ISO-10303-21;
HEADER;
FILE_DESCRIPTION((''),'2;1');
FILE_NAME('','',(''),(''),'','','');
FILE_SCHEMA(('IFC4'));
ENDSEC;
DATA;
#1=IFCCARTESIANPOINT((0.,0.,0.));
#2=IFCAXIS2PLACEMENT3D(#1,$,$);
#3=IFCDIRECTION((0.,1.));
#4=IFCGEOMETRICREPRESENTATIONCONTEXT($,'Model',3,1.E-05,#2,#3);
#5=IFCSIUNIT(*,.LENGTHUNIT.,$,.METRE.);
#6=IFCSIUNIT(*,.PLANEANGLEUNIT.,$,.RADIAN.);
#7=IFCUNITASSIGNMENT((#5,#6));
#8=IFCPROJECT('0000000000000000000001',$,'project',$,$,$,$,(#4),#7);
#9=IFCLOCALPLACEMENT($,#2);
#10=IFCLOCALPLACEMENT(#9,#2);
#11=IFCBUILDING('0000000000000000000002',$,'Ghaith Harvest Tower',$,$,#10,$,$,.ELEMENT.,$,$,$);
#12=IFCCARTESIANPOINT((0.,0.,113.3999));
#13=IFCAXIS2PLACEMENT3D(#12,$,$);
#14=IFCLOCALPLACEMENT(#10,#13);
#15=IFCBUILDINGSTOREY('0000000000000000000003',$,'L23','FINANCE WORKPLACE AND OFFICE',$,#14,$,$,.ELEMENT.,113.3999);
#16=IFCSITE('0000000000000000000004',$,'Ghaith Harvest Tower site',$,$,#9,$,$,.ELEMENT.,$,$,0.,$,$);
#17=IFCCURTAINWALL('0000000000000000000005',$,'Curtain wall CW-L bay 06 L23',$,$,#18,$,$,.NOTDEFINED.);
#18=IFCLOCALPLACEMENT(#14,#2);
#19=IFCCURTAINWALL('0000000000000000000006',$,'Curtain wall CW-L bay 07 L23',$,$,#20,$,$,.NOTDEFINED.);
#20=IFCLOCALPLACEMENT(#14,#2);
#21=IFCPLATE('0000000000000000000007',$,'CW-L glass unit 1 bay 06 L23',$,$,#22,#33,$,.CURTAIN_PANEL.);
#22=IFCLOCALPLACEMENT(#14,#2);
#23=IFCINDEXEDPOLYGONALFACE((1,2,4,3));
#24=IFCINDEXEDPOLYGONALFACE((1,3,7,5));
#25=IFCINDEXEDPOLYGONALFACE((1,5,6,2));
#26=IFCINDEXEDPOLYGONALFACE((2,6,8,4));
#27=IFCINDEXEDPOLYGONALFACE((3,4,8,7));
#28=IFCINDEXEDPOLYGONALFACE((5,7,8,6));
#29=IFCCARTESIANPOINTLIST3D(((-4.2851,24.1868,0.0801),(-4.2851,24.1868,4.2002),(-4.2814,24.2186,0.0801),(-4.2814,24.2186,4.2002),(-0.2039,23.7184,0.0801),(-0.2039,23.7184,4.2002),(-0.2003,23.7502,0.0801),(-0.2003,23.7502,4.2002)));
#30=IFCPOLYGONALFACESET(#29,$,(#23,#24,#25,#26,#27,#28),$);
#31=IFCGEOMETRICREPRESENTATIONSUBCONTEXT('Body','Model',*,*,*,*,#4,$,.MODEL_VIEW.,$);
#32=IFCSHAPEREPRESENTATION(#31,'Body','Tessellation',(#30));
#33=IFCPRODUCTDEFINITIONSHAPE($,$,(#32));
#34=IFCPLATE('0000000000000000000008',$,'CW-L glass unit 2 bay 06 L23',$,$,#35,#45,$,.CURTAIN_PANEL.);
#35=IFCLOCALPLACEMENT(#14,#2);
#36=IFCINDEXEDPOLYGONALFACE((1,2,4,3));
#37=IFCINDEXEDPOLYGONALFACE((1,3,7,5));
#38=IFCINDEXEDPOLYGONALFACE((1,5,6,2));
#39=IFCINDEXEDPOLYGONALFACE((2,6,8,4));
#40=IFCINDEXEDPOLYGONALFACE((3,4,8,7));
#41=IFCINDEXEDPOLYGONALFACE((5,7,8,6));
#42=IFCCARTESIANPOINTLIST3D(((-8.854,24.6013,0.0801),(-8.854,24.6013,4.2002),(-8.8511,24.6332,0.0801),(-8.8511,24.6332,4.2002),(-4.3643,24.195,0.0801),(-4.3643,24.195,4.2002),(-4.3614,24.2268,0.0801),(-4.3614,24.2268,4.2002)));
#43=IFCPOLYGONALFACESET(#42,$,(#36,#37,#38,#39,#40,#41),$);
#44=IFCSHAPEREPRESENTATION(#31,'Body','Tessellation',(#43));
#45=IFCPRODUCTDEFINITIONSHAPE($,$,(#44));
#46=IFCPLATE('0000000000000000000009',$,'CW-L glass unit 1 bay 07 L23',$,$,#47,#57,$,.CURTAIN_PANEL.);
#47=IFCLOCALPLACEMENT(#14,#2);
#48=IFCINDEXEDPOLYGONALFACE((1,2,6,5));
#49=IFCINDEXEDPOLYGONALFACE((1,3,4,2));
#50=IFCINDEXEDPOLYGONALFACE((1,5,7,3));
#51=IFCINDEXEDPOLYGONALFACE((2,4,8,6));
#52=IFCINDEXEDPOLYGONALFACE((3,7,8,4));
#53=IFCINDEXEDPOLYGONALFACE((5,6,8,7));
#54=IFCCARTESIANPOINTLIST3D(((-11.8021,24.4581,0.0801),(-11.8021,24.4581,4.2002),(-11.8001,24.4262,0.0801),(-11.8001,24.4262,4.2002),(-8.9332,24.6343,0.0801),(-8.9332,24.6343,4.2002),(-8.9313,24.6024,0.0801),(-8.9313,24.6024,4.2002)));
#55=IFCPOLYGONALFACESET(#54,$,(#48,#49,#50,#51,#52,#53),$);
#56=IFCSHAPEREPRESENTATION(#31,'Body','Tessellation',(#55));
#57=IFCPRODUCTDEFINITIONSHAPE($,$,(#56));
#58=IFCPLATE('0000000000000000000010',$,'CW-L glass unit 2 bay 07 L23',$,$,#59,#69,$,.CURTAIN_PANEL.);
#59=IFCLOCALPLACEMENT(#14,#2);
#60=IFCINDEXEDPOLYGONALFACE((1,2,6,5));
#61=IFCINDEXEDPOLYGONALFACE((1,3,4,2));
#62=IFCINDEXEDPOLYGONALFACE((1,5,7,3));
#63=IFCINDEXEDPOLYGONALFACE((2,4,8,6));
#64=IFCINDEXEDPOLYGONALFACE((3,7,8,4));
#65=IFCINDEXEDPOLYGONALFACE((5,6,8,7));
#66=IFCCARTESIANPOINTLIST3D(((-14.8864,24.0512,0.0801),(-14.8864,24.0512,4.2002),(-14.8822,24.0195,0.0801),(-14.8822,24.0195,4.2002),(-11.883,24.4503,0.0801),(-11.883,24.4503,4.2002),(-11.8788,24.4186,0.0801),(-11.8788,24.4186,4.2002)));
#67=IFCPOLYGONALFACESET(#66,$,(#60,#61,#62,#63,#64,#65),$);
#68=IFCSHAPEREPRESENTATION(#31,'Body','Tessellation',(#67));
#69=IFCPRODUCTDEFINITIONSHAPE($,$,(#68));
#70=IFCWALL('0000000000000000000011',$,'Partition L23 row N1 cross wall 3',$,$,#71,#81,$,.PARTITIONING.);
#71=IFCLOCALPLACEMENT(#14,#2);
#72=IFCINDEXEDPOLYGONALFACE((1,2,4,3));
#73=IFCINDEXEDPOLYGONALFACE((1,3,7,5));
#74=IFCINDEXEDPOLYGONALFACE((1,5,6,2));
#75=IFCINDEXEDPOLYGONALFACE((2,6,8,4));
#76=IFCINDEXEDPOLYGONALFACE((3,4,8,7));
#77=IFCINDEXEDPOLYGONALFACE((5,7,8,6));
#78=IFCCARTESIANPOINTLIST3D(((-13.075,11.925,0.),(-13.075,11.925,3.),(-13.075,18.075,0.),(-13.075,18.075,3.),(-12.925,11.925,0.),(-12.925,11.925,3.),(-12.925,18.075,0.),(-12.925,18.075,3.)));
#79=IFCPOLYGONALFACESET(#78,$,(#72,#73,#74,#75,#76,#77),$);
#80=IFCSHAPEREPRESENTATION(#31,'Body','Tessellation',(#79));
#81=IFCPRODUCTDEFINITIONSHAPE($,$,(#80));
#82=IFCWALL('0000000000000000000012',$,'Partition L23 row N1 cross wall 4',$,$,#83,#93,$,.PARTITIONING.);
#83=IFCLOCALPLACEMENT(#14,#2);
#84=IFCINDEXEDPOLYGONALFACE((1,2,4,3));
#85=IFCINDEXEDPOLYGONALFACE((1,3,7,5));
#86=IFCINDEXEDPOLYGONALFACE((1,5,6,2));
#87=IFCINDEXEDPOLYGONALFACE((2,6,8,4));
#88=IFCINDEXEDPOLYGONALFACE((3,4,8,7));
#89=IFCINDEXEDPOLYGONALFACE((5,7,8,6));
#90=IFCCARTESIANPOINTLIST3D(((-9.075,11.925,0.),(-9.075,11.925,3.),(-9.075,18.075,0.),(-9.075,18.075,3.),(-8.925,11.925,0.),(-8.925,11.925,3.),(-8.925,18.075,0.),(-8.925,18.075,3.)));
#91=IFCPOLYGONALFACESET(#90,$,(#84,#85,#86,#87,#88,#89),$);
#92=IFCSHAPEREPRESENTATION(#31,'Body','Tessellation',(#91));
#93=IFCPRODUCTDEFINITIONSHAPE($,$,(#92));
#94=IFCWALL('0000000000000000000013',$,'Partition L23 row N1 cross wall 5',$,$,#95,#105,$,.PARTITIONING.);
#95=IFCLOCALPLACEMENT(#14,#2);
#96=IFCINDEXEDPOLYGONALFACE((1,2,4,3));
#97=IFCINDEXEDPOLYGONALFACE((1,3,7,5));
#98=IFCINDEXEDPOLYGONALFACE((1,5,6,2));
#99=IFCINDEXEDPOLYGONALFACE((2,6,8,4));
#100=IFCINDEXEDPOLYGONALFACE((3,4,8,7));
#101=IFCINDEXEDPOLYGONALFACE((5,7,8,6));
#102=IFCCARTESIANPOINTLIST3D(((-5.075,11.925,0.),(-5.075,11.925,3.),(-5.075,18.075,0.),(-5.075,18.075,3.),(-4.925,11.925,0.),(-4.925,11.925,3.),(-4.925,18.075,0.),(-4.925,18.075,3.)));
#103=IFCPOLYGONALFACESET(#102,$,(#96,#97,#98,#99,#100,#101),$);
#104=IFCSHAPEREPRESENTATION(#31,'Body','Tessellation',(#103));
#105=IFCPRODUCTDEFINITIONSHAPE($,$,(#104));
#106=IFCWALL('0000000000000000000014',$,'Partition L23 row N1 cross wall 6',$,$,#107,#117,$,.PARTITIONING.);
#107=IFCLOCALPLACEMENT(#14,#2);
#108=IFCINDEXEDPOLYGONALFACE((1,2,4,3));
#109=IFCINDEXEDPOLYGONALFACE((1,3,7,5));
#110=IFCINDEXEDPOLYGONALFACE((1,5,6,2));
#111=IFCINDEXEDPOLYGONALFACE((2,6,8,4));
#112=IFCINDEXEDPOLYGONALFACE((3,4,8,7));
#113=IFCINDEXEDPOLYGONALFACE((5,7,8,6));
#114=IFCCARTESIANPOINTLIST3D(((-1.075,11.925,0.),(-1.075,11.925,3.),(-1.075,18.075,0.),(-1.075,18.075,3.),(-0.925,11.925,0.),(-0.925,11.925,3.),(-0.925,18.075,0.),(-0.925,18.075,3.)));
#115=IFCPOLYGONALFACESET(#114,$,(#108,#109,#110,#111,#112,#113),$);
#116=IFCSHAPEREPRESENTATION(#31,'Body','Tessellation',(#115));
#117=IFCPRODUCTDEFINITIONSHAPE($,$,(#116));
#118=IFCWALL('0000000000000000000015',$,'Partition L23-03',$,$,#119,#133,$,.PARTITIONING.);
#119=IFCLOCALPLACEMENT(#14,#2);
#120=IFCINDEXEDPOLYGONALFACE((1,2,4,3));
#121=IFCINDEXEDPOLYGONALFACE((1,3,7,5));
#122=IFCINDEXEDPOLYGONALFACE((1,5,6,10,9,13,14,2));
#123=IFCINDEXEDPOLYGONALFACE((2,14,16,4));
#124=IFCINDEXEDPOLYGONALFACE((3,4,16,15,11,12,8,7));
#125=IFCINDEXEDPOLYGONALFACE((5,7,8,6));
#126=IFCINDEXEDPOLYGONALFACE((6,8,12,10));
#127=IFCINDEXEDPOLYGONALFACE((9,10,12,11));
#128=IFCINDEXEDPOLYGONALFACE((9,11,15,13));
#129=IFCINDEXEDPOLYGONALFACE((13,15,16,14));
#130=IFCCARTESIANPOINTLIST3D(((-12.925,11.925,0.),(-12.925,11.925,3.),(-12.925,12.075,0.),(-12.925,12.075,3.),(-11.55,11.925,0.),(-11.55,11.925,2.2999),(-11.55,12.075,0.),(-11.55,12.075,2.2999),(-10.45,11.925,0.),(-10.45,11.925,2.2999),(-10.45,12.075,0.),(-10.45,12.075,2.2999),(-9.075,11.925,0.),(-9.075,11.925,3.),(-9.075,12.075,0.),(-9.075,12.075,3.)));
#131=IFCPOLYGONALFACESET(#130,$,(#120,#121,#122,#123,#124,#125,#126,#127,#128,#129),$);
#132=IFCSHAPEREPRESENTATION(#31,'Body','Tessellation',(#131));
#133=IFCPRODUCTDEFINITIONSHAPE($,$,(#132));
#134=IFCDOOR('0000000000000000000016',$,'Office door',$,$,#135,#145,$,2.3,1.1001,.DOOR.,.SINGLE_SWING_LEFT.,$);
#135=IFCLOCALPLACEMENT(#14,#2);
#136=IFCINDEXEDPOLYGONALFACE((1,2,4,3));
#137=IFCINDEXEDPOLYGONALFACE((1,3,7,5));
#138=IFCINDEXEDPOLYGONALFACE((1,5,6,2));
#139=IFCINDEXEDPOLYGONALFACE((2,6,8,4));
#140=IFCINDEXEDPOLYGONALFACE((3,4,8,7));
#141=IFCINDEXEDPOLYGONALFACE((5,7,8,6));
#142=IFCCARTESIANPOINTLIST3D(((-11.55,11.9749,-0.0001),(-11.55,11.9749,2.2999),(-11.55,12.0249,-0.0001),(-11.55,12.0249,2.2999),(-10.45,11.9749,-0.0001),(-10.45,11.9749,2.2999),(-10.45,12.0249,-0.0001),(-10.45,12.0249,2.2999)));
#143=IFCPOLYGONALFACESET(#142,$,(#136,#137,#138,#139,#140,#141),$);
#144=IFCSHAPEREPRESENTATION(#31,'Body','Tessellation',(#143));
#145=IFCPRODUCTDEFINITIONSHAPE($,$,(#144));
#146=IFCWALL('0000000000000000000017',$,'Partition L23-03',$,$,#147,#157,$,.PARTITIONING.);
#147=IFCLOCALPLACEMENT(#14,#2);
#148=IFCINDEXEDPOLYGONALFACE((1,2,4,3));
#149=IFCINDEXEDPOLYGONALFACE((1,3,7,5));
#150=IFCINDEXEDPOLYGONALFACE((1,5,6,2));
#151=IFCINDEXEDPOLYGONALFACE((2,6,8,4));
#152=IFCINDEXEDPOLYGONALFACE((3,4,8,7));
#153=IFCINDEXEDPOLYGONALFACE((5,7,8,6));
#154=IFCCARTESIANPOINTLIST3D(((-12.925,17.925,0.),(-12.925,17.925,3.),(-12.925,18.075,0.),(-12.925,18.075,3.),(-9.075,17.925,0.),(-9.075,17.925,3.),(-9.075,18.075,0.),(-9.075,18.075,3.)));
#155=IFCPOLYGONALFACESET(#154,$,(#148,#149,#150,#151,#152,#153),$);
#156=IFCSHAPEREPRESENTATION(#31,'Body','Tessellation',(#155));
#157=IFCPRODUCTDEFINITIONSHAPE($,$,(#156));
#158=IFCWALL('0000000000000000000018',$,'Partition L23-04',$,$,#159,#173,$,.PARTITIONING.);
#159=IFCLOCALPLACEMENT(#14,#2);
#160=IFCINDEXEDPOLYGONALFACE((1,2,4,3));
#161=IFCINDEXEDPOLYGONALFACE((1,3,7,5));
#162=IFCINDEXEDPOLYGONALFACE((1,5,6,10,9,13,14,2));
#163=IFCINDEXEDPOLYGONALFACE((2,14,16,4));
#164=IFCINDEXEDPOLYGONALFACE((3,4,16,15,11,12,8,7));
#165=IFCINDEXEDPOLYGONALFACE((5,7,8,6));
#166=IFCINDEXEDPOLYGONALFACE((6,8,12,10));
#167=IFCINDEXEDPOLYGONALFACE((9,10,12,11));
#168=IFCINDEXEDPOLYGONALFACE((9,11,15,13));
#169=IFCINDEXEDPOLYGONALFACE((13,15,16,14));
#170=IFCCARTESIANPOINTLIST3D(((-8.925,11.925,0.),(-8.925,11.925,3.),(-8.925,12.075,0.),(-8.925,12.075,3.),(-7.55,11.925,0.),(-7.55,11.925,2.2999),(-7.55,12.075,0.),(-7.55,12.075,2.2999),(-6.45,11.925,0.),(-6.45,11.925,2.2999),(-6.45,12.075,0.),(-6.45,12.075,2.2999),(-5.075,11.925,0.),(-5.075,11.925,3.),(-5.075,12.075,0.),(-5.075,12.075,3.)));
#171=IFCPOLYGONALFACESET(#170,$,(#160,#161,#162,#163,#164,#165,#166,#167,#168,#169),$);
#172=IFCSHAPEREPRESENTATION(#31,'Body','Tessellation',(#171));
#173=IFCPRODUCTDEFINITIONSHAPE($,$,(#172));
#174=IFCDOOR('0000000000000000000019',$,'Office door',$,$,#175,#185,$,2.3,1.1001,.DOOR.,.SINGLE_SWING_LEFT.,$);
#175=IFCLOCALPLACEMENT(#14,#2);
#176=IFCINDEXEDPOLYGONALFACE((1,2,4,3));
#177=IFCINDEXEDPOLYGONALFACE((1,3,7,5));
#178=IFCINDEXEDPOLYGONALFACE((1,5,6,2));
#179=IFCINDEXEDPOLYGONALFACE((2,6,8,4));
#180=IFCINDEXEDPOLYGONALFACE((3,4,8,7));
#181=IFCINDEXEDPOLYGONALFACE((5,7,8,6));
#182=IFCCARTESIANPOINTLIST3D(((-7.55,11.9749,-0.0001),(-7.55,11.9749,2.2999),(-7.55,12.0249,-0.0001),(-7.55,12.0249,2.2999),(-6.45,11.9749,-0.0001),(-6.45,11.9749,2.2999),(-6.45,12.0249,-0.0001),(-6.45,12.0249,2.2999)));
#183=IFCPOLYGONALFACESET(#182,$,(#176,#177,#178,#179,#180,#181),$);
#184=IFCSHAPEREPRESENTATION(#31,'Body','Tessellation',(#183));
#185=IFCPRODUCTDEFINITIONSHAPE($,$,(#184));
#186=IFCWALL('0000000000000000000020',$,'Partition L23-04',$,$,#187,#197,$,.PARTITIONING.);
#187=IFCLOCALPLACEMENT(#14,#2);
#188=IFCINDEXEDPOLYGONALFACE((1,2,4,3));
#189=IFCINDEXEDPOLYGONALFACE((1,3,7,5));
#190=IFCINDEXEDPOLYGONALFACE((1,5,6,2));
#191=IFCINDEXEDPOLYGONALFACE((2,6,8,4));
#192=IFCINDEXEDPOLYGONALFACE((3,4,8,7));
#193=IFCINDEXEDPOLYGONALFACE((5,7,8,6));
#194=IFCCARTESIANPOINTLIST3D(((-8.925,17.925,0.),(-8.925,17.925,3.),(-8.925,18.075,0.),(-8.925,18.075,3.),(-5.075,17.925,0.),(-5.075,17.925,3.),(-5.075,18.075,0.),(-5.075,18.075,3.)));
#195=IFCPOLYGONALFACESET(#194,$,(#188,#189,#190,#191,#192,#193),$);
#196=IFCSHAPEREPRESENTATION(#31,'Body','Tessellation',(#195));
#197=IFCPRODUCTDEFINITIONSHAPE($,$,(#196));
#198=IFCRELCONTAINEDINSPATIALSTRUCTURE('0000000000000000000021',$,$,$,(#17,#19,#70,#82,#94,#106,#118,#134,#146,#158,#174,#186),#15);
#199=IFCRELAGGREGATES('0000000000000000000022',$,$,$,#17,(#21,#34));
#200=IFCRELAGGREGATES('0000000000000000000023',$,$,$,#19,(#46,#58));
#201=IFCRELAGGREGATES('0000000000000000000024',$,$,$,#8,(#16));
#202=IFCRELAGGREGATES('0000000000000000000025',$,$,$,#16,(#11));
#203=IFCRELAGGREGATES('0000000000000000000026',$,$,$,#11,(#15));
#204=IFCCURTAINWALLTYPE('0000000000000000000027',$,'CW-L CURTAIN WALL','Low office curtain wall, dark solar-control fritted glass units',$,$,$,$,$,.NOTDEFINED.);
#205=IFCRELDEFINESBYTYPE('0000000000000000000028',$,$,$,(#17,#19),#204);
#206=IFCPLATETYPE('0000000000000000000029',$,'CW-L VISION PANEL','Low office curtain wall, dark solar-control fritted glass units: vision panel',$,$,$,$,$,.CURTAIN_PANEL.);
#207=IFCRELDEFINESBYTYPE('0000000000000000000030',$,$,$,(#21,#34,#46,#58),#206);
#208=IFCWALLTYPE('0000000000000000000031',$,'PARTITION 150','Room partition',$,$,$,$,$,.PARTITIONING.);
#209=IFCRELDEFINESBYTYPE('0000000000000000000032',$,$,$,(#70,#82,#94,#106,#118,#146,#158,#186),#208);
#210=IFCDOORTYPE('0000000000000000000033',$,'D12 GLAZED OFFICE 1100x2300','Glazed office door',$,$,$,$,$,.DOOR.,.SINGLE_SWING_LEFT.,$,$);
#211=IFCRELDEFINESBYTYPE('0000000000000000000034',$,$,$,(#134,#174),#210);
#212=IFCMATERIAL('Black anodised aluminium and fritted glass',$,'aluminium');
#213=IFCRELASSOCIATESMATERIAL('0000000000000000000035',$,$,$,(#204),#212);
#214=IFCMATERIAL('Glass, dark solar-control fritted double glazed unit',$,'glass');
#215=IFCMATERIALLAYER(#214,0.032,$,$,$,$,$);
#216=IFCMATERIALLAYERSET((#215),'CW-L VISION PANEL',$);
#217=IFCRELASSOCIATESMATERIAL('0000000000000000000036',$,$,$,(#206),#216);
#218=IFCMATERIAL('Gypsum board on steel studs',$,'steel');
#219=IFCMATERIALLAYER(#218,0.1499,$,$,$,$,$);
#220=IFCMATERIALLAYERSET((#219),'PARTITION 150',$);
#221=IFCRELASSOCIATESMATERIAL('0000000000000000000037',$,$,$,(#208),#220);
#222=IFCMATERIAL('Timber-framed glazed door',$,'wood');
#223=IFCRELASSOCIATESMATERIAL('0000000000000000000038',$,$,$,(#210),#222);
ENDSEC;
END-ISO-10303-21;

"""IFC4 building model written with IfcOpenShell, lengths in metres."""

from ifc_helpers import new_model, si_unit, direction, frame, frame_2d, origin, origin_2d, place, context, subcontext, project, spatial, rectangle, extrude, material, layer, layer_set, type_object, element, fill, aggregate, save


model = new_model("IFC4")

# Units and contexts
model_context = context("Model", 3, precision=1e-05, world=origin(), true_north=direction((0.0, 1.0)))
body_context = subcontext(model_context, "Body", "Model", "MODEL_VIEW")
ifc_project = project(units=[si_unit("LENGTHUNIT", "METRE"), si_unit("PLANEANGLEUNIT", "RADIAN")], contexts=[model_context])

# Site, building, storey
site_placement = place(None, origin())
site = spatial("IfcSite", under=ifc_project, at=site_placement, Name="Ghaith Harvest Tower site", CompositionType="ELEMENT", RefElevation=0.0)
building_placement = place(site_placement, origin())
building = spatial("IfcBuilding", under=site, at=building_placement, Name="Ghaith Harvest Tower", CompositionType="ELEMENT")
storey_placement = place(building_placement, frame((0.0, 0.0, 113.3999)))
storey = spatial("IfcBuildingStorey", under=building, at=storey_placement, Name="L23", Description="FINANCE WORKPLACE AND OFFICE", CompositionType="ELEMENT", Elevation=113.3999)

# Curtain walls
ifc_material_1 = material(Name="Black anodised aluminium and fritted glass", Category="aluminium")
curtain_wall_type = type_object("IfcCurtainWallType", Name="CW-L CURTAIN WALL", Description="Low office curtain wall, dark solar-control fritted glass units", PredefinedType="NOTDEFINED", material=ifc_material_1)
curtain_wall_1_placement = place(storey_placement, origin())
curtain_wall_1 = element("IfcCurtainWall", 1, at=curtain_wall_1_placement, inside=storey, type_object=curtain_wall_type, Name="Curtain wall CW-L bay 06 L23", PredefinedType="NOTDEFINED")
curtain_wall_2_placement = place(storey_placement, origin())
curtain_wall_2 = element("IfcCurtainWall", 2, at=curtain_wall_2_placement, inside=storey, type_object=curtain_wall_type, Name="Curtain wall CW-L bay 07 L23", PredefinedType="NOTDEFINED")

# Plates
ifc_material_2 = material(Name="Glass, dark solar-control fritted double glazed unit", Category="glass")
ifc_layer_1 = layer(ifc_material_2, 0.032)
ifc_layer_set_1 = layer_set([ifc_layer_1], Name="CW-L VISION PANEL")
plate_type = type_object("IfcPlateType", Name="CW-L VISION PANEL", Description="Low office curtain wall, dark solar-control fritted glass units: vision panel", PredefinedType="CURTAIN_PANEL", material=ifc_layer_set_1)
plate_1_placement = place(storey_placement, frame((-2.2427, 23.9685, 0.0801), z_axis=(0.0, 0.0, 1.0), x_axis=(-0.993477, 0.114032, 0.0)))
plate_1 = element("IfcPlate", 3, at=plate_1_placement, type_object=plate_type, Name="CW-L glass unit 1 bay 06 L23", PredefinedType="CURTAIN_PANEL", context=body_context, shape_type="SweptSolid", body=[
    extrude(rectangle(XDim=4.1079, YDim=0.032, at=origin_2d()), origin(), (0.0, 0.0, 1.0), 4.1201),
])
plate_2_placement = place(storey_placement, frame((-6.6077, 24.4141, 0.0801), z_axis=(0.0, 0.0, 1.0), x_axis=(-0.995929, 0.090144, 0.0)))
plate_2 = element("IfcPlate", 4, at=plate_2_placement, type_object=plate_type, Name="CW-L glass unit 2 bay 06 L23", PredefinedType="CURTAIN_PANEL", context=body_context, shape_type="SweptSolid", body=[
    extrude(rectangle(XDim=4.5081, YDim=0.032, at=origin_2d()), origin(), (0.0, 0.0, 1.0), 4.1201),
])
aggregate(curtain_wall_1, [plate_1, plate_2])
plate_3_placement = place(storey_placement, frame((-10.3667, 24.5303, 0.0801), z_axis=(0.0, 0.0, 1.0), x_axis=(-0.998119, -0.061303, 0.0)))
plate_3 = element("IfcPlate", 5, at=plate_3_placement, type_object=plate_type, Name="CW-L glass unit 1 bay 07 L23", PredefinedType="CURTAIN_PANEL", context=body_context, shape_type="SweptSolid", body=[
    extrude(rectangle(XDim=2.8743, YDim=0.032, at=origin_2d()), origin(), (0.0, 0.0, 1.0), 4.1201),
])
plate_4_placement = place(storey_placement, frame((-13.3826, 24.2349, 0.0801), z_axis=(0.0, 0.0, 1.0), x_axis=(-0.991286, -0.131728, 0.0)))
plate_4 = element("IfcPlate", 6, at=plate_4_placement, type_object=plate_type, Name="CW-L glass unit 2 bay 07 L23", PredefinedType="CURTAIN_PANEL", context=body_context, shape_type="SweptSolid", body=[
    extrude(rectangle(XDim=3.0298, YDim=0.032, at=origin_2d()), origin(), (0.0, 0.0, 1.0), 4.1201),
])
aggregate(curtain_wall_2, [plate_3, plate_4])

# Walls
ifc_material_3 = material(Name="Gypsum board on steel studs", Category="steel")
ifc_layer_2 = layer(ifc_material_3, 0.1499)
ifc_layer_set_2 = layer_set([ifc_layer_2], Name="PARTITION 150")
wall_type = type_object("IfcWallType", Name="PARTITION 150", Description="Room partition", PredefinedType="PARTITIONING", material=ifc_layer_set_2)
for number, where, z_axis, x_axis, name in (
    (7, (-13.0, 11.925, 0.0), (0.0, 0.0, 1.0), (0.0, 1.0, 0.0), "Partition L23 row N1 cross wall 3"),
    (8, (-9.0, 11.925, 0.0), (0.0, 0.0, 1.0), (0.0, 1.0, 0.0), "Partition L23 row N1 cross wall 4"),
    (9, (-5.0, 11.925, 0.0), (0.0, 0.0, 1.0), (0.0, 1.0, 0.0), "Partition L23 row N1 cross wall 5"),
    (10, (-1.0, 11.925, 0.0), (0.0, 0.0, 1.0), (0.0, 1.0, 0.0), "Partition L23 row N1 cross wall 6"),
):
    element("IfcWall", number, at=place(storey_placement, frame(where, z_axis=z_axis, x_axis=x_axis)), inside=storey, type_object=wall_type, Name=name, PredefinedType="PARTITIONING", context=body_context, shape_type="SweptSolid", body=[
        extrude(rectangle(XDim=6.1499, YDim=0.1499, at=frame_2d((3.075, 0.0))), origin(), (0.0, 0.0, 1.0), 3.0),
    ])

# Wall, opening, door
wall_1_placement = place(storey_placement, frame((-12.925, 12.0, 0.0), z_axis=(0.0, 0.0, 1.0), x_axis=(1.0, 0.0, 0.0)))
wall_1 = element("IfcWall", 11, at=wall_1_placement, inside=storey, type_object=wall_type, Name="Partition L23-03", PredefinedType="PARTITIONING", context=body_context, shape_type="SweptSolid", body=[
    extrude(rectangle(XDim=3.8501, YDim=0.1499, at=frame_2d((1.925, 0.0))), origin(), (0.0, 0.0, 1.0), 3.0),
])
opening_1_placement = place(wall_1_placement, frame((1.375, 0.0, 0.0)))
opening_1 = element("IfcOpeningElement", 12, at=opening_1_placement, cuts=wall_1, PredefinedType="OPENING", context=body_context, shape_type="SweptSolid", body=[
    extrude(rectangle(XDim=1.1001, YDim=2.3, at=frame_2d((0.55, 1.1499))), frame((0.0, 0.085, 0.0), z_axis=(0.0, -1.0, 0.0), x_axis=(1.0, 0.0, 0.0)), (0.0, 0.0, 1.0), 0.1699),
])
ifc_material_4 = material(Name="Timber-framed glazed door", Category="wood")
door_type = type_object("IfcDoorType", Name="D12 GLAZED OFFICE 1100x2300", Description="Glazed office door", OperationType="SINGLE_SWING_LEFT", PredefinedType="DOOR", material=ifc_material_4)
door_1_placement = place(opening_1_placement, origin())
door_1 = element("IfcDoor", 13, at=door_1_placement, inside=storey, type_object=door_type, Name="Office door", OperationType="SINGLE_SWING_LEFT", OverallHeight=2.3, OverallWidth=1.1001, PredefinedType="DOOR", context=body_context, shape_type="SweptSolid", body=[
    extrude(rectangle(XDim=1.1001, YDim=2.3, at=frame_2d((0.55, 1.1499))), frame((0.0, 0.0249, 0.0), z_axis=(0.0, -1.0, 0.0), x_axis=(1.0, 0.0, 0.0)), (0.0, 0.0, 1.0), 0.05),
])
fill(opening_1, door_1)

# Wall
wall_2_placement = place(storey_placement, frame((-12.925, 18.0, 0.0), z_axis=(0.0, 0.0, 1.0), x_axis=(1.0, 0.0, 0.0)))
element("IfcWall", 14, at=wall_2_placement, inside=storey, type_object=wall_type, Name="Partition L23-03", PredefinedType="PARTITIONING", context=body_context, shape_type="SweptSolid", body=[
    extrude(rectangle(XDim=3.8501, YDim=0.1499, at=frame_2d((1.925, 0.0))), origin(), (0.0, 0.0, 1.0), 3.0),
])

# Wall, opening, door
wall_3_placement = place(storey_placement, frame((-8.925, 12.0, 0.0), z_axis=(0.0, 0.0, 1.0), x_axis=(1.0, 0.0, 0.0)))
wall_3 = element("IfcWall", 15, at=wall_3_placement, inside=storey, type_object=wall_type, Name="Partition L23-04", PredefinedType="PARTITIONING", context=body_context, shape_type="SweptSolid", body=[
    extrude(rectangle(XDim=3.8501, YDim=0.1499, at=frame_2d((1.925, 0.0))), origin(), (0.0, 0.0, 1.0), 3.0),
])
opening_2_placement = place(wall_3_placement, frame((1.375, 0.0, 0.0)))
opening_2 = element("IfcOpeningElement", 16, at=opening_2_placement, cuts=wall_3, PredefinedType="OPENING", context=body_context, shape_type="SweptSolid", body=[
    extrude(rectangle(XDim=1.1001, YDim=2.3, at=frame_2d((0.55, 1.1499))), frame((0.0, 0.085, 0.0), z_axis=(0.0, -1.0, 0.0), x_axis=(1.0, 0.0, 0.0)), (0.0, 0.0, 1.0), 0.1699),
])
door_2_placement = place(opening_2_placement, origin())
door_2 = element("IfcDoor", 17, at=door_2_placement, inside=storey, type_object=door_type, Name="Office door", OperationType="SINGLE_SWING_LEFT", OverallHeight=2.3, OverallWidth=1.1001, PredefinedType="DOOR", context=body_context, shape_type="SweptSolid", body=[
    extrude(rectangle(XDim=1.1001, YDim=2.3, at=frame_2d((0.55, 1.1499))), frame((0.0, 0.0249, 0.0), z_axis=(0.0, -1.0, 0.0), x_axis=(1.0, 0.0, 0.0)), (0.0, 0.0, 1.0), 0.05),
])
fill(opening_2, door_2)

# Wall
wall_4_placement = place(storey_placement, frame((-8.925, 18.0, 0.0), z_axis=(0.0, 0.0, 1.0), x_axis=(1.0, 0.0, 0.0)))
element("IfcWall", 18, at=wall_4_placement, inside=storey, type_object=wall_type, Name="Partition L23-04", PredefinedType="PARTITIONING", context=body_context, shape_type="SweptSolid", body=[
    extrude(rectangle(XDim=3.8501, YDim=0.1499, at=frame_2d((1.925, 0.0))), origin(), (0.0, 0.0, 1.0), 3.0),
])

save(model, "model.ifc")
